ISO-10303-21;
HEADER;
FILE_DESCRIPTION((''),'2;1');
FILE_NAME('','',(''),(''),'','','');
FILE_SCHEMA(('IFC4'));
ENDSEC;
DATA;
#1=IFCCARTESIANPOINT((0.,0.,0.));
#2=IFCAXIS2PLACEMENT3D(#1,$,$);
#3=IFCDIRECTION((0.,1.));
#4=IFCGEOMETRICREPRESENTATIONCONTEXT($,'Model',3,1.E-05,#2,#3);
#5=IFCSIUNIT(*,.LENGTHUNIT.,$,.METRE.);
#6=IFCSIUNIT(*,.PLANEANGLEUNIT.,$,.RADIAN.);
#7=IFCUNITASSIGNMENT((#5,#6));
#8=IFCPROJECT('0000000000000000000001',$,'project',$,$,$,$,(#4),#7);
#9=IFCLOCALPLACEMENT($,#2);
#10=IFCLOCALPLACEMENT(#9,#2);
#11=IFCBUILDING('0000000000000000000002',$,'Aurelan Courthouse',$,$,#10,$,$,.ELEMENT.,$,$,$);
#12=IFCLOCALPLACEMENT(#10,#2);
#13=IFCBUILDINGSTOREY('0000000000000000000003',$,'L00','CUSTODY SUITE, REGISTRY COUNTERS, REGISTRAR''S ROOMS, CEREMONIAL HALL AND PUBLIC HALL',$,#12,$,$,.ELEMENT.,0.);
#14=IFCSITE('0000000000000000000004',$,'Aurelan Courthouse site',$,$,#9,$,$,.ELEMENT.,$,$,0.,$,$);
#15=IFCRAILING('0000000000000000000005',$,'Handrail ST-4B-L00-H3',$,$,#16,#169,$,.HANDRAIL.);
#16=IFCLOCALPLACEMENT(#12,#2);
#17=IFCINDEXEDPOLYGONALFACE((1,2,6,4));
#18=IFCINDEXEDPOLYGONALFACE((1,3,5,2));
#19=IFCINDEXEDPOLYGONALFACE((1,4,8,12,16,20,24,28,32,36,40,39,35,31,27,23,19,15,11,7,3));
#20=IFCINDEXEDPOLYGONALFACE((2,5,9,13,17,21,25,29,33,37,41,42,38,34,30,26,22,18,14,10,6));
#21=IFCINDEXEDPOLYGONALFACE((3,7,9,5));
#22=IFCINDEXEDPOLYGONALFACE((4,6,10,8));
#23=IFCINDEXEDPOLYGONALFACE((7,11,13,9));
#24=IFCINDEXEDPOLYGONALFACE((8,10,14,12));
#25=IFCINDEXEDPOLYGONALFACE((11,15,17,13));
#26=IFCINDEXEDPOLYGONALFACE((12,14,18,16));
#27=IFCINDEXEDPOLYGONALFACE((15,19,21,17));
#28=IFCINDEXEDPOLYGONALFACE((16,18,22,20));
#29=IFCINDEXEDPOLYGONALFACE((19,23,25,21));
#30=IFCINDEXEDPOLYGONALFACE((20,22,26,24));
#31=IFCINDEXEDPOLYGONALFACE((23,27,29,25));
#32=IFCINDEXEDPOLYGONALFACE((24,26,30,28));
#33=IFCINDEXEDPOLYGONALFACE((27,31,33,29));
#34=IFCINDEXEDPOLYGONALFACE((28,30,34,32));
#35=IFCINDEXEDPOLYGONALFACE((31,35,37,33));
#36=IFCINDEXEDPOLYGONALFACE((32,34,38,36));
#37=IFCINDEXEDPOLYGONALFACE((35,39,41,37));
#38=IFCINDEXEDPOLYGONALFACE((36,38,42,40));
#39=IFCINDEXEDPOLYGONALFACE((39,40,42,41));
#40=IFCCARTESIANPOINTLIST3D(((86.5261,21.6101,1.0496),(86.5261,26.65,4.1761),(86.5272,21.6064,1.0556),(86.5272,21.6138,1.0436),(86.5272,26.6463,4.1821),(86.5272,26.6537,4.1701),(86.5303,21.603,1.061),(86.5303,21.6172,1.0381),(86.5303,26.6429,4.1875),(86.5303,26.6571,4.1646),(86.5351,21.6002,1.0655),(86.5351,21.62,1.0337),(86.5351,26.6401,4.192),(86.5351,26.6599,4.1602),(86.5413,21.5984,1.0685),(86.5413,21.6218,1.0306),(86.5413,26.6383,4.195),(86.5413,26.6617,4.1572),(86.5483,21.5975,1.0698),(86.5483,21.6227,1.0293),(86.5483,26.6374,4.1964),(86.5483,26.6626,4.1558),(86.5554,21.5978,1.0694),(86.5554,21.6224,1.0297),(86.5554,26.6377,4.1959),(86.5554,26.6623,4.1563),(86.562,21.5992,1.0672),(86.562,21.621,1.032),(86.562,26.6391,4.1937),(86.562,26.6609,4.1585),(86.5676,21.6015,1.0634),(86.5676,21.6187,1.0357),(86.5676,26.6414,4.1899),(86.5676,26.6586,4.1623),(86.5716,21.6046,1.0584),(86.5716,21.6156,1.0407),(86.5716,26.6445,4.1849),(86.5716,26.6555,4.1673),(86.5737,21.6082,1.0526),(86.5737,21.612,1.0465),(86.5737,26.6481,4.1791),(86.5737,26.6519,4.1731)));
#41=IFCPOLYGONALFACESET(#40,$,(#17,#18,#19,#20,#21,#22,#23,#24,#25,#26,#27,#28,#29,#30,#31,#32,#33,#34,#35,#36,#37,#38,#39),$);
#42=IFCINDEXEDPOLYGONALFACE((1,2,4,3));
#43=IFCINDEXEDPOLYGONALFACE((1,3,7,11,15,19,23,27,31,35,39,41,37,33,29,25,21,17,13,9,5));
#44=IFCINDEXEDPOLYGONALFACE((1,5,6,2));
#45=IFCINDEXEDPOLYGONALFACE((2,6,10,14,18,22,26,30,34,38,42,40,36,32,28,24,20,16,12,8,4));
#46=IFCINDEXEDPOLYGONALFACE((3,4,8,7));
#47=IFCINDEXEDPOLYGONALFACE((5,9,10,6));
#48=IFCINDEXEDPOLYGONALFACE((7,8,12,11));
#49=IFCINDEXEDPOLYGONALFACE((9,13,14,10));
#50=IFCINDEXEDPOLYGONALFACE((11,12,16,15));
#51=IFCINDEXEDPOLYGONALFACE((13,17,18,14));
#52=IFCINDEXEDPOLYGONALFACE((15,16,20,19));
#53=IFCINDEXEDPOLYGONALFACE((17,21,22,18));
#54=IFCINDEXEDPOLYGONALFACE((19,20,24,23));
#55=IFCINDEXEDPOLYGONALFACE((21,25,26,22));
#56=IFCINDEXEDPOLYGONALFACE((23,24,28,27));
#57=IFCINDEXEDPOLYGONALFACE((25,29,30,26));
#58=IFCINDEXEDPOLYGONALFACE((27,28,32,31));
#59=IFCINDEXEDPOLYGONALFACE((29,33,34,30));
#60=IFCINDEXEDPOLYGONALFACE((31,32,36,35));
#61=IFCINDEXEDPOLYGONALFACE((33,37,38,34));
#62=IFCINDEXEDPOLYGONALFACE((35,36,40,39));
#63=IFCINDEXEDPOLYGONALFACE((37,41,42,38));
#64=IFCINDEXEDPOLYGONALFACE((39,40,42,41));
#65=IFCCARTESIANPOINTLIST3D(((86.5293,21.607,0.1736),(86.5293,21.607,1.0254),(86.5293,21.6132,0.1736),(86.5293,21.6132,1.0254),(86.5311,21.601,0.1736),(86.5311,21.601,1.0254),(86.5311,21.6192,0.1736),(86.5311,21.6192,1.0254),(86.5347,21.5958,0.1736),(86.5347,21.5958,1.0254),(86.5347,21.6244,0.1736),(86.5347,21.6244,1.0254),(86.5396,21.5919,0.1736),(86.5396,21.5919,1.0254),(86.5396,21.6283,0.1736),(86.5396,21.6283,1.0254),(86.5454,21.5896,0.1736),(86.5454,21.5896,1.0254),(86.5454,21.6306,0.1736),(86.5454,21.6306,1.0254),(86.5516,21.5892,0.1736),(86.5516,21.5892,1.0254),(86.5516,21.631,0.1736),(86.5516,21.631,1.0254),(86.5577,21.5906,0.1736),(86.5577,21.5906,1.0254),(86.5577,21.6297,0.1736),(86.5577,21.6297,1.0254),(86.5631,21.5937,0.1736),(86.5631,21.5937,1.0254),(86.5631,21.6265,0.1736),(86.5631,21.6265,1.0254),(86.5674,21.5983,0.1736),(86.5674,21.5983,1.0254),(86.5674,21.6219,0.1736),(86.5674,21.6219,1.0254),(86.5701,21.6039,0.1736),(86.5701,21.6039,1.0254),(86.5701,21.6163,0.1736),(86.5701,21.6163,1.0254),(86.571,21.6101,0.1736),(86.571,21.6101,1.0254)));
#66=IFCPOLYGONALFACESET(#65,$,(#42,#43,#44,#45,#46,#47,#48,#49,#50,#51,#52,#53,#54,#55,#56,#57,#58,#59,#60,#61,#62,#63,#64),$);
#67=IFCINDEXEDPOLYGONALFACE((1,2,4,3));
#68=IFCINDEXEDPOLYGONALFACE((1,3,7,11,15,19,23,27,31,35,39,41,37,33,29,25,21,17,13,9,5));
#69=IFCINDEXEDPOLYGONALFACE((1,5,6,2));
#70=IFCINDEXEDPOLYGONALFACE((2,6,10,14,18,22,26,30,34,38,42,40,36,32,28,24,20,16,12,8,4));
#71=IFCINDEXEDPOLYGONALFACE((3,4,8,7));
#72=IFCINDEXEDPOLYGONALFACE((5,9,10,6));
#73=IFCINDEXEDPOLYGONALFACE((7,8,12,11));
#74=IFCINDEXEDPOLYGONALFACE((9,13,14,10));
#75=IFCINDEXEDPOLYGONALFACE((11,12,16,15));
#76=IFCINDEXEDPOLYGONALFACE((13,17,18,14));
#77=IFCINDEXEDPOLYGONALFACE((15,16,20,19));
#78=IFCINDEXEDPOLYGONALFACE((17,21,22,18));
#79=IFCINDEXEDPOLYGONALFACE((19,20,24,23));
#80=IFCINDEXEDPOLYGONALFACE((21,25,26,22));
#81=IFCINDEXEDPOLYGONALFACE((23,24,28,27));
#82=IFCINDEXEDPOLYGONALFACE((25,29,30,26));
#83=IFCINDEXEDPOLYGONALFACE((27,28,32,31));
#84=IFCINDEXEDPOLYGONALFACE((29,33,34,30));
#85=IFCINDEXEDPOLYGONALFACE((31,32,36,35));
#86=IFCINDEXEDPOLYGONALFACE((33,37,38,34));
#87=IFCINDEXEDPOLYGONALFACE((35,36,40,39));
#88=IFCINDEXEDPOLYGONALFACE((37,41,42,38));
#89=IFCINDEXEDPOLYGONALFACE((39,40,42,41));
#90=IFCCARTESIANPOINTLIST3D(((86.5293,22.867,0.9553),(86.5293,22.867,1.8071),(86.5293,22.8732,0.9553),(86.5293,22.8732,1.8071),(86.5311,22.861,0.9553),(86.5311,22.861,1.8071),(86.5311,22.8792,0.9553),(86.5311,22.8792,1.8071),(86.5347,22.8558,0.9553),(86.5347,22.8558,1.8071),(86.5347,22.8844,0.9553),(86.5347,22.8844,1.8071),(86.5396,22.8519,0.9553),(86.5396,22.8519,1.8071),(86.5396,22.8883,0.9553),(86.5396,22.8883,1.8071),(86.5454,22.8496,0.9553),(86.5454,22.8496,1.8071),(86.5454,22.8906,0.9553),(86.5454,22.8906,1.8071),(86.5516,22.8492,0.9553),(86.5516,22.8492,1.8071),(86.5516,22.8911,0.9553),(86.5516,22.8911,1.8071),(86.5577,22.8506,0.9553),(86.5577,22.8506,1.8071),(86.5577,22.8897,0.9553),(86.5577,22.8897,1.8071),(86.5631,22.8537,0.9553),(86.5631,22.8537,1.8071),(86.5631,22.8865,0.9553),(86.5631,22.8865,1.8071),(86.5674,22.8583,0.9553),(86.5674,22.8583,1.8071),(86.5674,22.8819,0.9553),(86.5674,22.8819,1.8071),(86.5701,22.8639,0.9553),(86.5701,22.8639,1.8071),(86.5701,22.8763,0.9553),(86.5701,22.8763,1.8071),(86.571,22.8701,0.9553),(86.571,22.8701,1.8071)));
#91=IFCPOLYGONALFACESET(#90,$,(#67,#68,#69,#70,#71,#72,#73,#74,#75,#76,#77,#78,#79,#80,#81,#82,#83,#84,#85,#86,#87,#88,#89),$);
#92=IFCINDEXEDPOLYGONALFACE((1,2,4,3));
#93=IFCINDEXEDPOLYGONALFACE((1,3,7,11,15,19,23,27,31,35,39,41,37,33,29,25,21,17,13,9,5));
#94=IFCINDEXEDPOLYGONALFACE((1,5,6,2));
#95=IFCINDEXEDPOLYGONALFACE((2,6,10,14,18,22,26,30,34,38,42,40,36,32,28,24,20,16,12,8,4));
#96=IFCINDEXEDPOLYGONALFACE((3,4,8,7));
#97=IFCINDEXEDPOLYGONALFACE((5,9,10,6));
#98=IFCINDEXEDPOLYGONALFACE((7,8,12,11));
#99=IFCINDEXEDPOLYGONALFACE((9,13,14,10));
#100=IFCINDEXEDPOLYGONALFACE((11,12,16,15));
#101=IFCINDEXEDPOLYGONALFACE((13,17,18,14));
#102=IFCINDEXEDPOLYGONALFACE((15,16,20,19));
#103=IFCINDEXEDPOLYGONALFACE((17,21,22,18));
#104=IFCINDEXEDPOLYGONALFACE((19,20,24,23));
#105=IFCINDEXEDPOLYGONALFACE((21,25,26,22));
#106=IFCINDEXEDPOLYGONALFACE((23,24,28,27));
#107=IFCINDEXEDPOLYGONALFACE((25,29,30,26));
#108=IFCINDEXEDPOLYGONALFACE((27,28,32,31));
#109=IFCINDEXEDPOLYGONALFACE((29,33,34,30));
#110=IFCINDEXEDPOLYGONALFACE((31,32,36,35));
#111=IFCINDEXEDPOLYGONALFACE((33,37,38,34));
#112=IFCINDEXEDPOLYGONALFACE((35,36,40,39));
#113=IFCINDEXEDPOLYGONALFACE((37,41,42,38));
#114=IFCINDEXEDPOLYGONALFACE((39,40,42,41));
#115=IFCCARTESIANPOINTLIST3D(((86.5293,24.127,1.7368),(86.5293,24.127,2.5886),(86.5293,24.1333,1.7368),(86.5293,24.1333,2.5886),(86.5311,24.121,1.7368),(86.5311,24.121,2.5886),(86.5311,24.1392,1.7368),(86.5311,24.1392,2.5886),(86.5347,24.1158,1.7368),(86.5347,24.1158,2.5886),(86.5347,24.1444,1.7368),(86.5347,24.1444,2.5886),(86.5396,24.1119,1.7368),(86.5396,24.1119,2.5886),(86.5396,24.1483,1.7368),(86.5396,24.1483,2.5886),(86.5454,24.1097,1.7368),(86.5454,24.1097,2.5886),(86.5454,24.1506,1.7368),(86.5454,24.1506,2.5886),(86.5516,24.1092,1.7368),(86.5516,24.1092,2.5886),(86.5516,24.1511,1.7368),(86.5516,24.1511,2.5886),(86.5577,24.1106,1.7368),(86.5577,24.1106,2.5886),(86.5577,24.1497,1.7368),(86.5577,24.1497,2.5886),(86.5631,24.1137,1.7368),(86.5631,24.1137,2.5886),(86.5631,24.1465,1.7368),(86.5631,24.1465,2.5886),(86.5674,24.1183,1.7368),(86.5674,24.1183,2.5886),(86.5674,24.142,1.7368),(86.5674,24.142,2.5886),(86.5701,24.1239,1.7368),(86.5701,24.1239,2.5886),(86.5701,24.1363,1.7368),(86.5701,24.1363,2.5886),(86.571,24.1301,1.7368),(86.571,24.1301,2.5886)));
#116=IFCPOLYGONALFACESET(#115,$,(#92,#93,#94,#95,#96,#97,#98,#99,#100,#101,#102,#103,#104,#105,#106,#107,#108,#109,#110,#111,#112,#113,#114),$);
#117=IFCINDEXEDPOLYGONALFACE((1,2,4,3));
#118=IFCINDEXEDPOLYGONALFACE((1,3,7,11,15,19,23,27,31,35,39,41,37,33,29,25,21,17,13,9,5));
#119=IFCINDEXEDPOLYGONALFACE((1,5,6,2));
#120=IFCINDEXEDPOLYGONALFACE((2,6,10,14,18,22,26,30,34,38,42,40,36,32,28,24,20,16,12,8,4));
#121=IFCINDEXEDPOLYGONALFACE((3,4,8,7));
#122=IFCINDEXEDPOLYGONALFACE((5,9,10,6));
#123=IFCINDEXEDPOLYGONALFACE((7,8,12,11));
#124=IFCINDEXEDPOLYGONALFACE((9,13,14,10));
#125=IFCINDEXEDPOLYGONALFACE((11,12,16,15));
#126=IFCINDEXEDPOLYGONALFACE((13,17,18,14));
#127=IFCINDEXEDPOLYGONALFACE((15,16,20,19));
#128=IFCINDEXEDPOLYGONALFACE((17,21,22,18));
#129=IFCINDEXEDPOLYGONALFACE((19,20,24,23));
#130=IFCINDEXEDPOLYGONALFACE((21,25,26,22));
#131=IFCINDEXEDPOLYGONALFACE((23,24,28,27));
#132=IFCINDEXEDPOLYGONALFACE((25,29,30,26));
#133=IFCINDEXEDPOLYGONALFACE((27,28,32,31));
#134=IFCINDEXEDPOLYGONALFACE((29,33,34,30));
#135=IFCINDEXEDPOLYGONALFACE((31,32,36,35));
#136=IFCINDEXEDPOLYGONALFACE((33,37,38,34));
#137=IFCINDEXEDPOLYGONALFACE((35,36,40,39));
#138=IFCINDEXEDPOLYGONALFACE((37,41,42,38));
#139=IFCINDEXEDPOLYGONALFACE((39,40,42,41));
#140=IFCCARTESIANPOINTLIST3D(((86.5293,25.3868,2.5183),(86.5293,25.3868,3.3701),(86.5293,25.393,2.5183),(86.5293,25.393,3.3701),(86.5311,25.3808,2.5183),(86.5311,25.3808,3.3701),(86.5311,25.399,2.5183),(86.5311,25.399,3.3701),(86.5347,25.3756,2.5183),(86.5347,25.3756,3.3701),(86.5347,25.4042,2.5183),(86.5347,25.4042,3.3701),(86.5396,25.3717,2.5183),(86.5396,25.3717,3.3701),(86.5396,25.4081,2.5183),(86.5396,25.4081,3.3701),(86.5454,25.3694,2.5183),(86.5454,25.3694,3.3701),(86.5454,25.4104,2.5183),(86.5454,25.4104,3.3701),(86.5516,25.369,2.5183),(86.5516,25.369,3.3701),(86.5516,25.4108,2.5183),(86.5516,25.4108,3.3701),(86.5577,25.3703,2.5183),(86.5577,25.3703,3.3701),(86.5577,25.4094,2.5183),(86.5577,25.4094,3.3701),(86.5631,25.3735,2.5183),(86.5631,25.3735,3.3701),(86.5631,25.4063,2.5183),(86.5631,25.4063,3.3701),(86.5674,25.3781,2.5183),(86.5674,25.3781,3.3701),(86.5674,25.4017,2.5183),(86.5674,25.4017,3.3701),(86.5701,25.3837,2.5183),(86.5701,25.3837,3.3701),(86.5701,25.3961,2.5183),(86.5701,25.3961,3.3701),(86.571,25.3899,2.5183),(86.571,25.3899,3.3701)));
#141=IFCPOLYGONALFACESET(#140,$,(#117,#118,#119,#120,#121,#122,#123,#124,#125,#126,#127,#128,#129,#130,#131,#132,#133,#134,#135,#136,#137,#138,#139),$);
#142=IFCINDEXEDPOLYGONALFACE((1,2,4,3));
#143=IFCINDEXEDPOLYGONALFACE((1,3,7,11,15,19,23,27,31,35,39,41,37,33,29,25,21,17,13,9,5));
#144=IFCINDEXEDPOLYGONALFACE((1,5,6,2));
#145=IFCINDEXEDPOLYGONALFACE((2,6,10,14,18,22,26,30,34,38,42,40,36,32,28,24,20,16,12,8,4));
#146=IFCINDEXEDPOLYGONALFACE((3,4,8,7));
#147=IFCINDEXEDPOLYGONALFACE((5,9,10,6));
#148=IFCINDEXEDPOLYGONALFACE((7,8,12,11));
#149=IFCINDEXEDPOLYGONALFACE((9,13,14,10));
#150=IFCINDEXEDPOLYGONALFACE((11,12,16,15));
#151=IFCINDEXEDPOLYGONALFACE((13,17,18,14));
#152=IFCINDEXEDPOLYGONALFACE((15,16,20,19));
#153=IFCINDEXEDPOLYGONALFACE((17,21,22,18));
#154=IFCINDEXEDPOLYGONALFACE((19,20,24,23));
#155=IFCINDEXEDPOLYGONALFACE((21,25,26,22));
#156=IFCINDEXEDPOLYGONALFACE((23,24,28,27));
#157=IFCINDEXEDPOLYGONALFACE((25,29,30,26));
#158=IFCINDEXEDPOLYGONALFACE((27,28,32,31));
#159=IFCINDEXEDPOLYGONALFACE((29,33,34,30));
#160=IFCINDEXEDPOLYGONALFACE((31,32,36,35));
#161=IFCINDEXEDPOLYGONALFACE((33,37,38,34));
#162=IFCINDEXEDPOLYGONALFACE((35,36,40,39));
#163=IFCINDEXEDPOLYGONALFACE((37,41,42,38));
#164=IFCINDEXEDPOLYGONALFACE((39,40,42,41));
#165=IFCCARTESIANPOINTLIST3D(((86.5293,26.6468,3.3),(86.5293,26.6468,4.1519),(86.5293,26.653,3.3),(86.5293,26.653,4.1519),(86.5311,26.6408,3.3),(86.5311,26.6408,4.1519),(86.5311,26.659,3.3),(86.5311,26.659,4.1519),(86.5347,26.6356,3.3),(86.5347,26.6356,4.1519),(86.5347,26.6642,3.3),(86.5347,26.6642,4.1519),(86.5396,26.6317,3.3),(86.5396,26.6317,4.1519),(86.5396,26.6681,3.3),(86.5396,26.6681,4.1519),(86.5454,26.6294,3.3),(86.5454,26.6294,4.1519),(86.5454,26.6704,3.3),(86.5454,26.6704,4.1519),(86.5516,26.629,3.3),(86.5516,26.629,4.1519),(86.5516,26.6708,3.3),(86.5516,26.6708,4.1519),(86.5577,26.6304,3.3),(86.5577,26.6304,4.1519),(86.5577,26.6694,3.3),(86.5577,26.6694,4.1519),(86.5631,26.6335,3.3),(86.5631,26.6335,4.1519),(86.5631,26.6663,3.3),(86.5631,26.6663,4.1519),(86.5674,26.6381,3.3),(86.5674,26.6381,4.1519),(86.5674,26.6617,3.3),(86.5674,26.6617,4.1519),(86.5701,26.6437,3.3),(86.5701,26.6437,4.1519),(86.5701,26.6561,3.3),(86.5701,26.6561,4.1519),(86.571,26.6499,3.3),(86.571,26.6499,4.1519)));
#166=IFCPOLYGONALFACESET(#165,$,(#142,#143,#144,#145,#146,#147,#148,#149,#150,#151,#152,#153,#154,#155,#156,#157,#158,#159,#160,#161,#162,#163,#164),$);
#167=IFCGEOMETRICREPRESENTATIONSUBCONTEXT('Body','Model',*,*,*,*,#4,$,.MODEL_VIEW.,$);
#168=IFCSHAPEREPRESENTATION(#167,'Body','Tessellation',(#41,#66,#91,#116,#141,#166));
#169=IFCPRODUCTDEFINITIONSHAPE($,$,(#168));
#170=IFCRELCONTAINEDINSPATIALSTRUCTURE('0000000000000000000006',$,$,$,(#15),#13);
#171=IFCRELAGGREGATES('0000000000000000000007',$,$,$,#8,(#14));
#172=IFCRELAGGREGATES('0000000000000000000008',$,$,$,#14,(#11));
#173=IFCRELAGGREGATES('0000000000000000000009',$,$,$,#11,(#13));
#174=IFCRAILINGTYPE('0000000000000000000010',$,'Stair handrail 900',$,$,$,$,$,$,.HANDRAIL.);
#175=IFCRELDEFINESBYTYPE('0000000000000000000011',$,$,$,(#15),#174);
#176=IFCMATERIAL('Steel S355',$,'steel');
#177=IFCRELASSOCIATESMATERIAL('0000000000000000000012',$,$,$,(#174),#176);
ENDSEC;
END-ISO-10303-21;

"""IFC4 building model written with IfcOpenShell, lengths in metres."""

from ifc_helpers import new_model, si_unit, direction, frame, origin, origin_2d, place, context, subcontext, project, spatial, circle, extrude, material, type_object, element, save


model = new_model("IFC4")

# Units and contexts
model_context = context("Model", 3, precision=1e-05, world=origin(), true_north=direction((0.0, 1.0)))
body_context = subcontext(model_context, "Body", "Model", "MODEL_VIEW")
ifc_project = project(units=[si_unit("LENGTHUNIT", "METRE"), si_unit("PLANEANGLEUNIT", "RADIAN")], contexts=[model_context])

# Site, building, storey
site_placement = place(None, origin())
site = spatial("IfcSite", under=ifc_project, at=site_placement, Name="Aurelan Courthouse site", CompositionType="ELEMENT", RefElevation=0.0)
building_placement = place(site_placement, origin())
building = spatial("IfcBuilding", under=site, at=building_placement, Name="Aurelan Courthouse", CompositionType="ELEMENT")
storey_placement = place(building_placement, origin())
storey = spatial("IfcBuildingStorey", under=building, at=storey_placement, Name="L00", Description="CUSTODY SUITE, REGISTRY COUNTERS, REGISTRAR'S ROOMS, CEREMONIAL HALL AND PUBLIC HALL", CompositionType="ELEMENT", Elevation=0.0)

# Railing
ifc_material_1 = material(Name="Steel S355", Category="steel")
railing_type_1 = type_object("IfcRailingType", Name="Stair handrail 900", PredefinedType="HANDRAIL", material=ifc_material_1)
for number, where, name in (
    (1, (86.55, 21.6101, 0.1736), "Handrail ST-4B-L00-H3"),
):
    element("IfcRailing", number, at=place(storey_placement, frame(where)), inside=storey, type_object=railing_type_1, Name=name, PredefinedType="HANDRAIL", context=body_context, shape_type="SweptSolid", body=[
        extrude(circle(Radius=0.0239, at=origin_2d()), frame((0.0, 0.0, 0.876), z_axis=(0.0, 0.849767, 0.527158), x_axis=(-1.0, 0.0, 0.0)), (0.0, 0.0, 1.0), 5.9309),
        extrude(circle(Radius=0.021, at=origin_2d()), origin(), (0.0, 0.0, 1.0), 0.8518),
        extrude(circle(Radius=0.021, at=origin_2d()), frame((0.0, 1.26, 0.7817)), (0.0, 0.0, 1.0), 0.8518),
        extrude(circle(Radius=0.021, at=origin_2d()), frame((0.0, 2.52, 1.5632)), (0.0, 0.0, 1.0), 0.8518),
        extrude(circle(Radius=0.021, at=origin_2d()), frame((0.0, 3.7798, 2.3447)), (0.0, 0.0, 1.0), 0.8518),
        extrude(circle(Radius=0.021, at=origin_2d()), frame((0.0, 5.0398, 3.1265)), (0.0, 0.0, 1.0), 0.8518),
    ])

save(model, "model.ifc")
